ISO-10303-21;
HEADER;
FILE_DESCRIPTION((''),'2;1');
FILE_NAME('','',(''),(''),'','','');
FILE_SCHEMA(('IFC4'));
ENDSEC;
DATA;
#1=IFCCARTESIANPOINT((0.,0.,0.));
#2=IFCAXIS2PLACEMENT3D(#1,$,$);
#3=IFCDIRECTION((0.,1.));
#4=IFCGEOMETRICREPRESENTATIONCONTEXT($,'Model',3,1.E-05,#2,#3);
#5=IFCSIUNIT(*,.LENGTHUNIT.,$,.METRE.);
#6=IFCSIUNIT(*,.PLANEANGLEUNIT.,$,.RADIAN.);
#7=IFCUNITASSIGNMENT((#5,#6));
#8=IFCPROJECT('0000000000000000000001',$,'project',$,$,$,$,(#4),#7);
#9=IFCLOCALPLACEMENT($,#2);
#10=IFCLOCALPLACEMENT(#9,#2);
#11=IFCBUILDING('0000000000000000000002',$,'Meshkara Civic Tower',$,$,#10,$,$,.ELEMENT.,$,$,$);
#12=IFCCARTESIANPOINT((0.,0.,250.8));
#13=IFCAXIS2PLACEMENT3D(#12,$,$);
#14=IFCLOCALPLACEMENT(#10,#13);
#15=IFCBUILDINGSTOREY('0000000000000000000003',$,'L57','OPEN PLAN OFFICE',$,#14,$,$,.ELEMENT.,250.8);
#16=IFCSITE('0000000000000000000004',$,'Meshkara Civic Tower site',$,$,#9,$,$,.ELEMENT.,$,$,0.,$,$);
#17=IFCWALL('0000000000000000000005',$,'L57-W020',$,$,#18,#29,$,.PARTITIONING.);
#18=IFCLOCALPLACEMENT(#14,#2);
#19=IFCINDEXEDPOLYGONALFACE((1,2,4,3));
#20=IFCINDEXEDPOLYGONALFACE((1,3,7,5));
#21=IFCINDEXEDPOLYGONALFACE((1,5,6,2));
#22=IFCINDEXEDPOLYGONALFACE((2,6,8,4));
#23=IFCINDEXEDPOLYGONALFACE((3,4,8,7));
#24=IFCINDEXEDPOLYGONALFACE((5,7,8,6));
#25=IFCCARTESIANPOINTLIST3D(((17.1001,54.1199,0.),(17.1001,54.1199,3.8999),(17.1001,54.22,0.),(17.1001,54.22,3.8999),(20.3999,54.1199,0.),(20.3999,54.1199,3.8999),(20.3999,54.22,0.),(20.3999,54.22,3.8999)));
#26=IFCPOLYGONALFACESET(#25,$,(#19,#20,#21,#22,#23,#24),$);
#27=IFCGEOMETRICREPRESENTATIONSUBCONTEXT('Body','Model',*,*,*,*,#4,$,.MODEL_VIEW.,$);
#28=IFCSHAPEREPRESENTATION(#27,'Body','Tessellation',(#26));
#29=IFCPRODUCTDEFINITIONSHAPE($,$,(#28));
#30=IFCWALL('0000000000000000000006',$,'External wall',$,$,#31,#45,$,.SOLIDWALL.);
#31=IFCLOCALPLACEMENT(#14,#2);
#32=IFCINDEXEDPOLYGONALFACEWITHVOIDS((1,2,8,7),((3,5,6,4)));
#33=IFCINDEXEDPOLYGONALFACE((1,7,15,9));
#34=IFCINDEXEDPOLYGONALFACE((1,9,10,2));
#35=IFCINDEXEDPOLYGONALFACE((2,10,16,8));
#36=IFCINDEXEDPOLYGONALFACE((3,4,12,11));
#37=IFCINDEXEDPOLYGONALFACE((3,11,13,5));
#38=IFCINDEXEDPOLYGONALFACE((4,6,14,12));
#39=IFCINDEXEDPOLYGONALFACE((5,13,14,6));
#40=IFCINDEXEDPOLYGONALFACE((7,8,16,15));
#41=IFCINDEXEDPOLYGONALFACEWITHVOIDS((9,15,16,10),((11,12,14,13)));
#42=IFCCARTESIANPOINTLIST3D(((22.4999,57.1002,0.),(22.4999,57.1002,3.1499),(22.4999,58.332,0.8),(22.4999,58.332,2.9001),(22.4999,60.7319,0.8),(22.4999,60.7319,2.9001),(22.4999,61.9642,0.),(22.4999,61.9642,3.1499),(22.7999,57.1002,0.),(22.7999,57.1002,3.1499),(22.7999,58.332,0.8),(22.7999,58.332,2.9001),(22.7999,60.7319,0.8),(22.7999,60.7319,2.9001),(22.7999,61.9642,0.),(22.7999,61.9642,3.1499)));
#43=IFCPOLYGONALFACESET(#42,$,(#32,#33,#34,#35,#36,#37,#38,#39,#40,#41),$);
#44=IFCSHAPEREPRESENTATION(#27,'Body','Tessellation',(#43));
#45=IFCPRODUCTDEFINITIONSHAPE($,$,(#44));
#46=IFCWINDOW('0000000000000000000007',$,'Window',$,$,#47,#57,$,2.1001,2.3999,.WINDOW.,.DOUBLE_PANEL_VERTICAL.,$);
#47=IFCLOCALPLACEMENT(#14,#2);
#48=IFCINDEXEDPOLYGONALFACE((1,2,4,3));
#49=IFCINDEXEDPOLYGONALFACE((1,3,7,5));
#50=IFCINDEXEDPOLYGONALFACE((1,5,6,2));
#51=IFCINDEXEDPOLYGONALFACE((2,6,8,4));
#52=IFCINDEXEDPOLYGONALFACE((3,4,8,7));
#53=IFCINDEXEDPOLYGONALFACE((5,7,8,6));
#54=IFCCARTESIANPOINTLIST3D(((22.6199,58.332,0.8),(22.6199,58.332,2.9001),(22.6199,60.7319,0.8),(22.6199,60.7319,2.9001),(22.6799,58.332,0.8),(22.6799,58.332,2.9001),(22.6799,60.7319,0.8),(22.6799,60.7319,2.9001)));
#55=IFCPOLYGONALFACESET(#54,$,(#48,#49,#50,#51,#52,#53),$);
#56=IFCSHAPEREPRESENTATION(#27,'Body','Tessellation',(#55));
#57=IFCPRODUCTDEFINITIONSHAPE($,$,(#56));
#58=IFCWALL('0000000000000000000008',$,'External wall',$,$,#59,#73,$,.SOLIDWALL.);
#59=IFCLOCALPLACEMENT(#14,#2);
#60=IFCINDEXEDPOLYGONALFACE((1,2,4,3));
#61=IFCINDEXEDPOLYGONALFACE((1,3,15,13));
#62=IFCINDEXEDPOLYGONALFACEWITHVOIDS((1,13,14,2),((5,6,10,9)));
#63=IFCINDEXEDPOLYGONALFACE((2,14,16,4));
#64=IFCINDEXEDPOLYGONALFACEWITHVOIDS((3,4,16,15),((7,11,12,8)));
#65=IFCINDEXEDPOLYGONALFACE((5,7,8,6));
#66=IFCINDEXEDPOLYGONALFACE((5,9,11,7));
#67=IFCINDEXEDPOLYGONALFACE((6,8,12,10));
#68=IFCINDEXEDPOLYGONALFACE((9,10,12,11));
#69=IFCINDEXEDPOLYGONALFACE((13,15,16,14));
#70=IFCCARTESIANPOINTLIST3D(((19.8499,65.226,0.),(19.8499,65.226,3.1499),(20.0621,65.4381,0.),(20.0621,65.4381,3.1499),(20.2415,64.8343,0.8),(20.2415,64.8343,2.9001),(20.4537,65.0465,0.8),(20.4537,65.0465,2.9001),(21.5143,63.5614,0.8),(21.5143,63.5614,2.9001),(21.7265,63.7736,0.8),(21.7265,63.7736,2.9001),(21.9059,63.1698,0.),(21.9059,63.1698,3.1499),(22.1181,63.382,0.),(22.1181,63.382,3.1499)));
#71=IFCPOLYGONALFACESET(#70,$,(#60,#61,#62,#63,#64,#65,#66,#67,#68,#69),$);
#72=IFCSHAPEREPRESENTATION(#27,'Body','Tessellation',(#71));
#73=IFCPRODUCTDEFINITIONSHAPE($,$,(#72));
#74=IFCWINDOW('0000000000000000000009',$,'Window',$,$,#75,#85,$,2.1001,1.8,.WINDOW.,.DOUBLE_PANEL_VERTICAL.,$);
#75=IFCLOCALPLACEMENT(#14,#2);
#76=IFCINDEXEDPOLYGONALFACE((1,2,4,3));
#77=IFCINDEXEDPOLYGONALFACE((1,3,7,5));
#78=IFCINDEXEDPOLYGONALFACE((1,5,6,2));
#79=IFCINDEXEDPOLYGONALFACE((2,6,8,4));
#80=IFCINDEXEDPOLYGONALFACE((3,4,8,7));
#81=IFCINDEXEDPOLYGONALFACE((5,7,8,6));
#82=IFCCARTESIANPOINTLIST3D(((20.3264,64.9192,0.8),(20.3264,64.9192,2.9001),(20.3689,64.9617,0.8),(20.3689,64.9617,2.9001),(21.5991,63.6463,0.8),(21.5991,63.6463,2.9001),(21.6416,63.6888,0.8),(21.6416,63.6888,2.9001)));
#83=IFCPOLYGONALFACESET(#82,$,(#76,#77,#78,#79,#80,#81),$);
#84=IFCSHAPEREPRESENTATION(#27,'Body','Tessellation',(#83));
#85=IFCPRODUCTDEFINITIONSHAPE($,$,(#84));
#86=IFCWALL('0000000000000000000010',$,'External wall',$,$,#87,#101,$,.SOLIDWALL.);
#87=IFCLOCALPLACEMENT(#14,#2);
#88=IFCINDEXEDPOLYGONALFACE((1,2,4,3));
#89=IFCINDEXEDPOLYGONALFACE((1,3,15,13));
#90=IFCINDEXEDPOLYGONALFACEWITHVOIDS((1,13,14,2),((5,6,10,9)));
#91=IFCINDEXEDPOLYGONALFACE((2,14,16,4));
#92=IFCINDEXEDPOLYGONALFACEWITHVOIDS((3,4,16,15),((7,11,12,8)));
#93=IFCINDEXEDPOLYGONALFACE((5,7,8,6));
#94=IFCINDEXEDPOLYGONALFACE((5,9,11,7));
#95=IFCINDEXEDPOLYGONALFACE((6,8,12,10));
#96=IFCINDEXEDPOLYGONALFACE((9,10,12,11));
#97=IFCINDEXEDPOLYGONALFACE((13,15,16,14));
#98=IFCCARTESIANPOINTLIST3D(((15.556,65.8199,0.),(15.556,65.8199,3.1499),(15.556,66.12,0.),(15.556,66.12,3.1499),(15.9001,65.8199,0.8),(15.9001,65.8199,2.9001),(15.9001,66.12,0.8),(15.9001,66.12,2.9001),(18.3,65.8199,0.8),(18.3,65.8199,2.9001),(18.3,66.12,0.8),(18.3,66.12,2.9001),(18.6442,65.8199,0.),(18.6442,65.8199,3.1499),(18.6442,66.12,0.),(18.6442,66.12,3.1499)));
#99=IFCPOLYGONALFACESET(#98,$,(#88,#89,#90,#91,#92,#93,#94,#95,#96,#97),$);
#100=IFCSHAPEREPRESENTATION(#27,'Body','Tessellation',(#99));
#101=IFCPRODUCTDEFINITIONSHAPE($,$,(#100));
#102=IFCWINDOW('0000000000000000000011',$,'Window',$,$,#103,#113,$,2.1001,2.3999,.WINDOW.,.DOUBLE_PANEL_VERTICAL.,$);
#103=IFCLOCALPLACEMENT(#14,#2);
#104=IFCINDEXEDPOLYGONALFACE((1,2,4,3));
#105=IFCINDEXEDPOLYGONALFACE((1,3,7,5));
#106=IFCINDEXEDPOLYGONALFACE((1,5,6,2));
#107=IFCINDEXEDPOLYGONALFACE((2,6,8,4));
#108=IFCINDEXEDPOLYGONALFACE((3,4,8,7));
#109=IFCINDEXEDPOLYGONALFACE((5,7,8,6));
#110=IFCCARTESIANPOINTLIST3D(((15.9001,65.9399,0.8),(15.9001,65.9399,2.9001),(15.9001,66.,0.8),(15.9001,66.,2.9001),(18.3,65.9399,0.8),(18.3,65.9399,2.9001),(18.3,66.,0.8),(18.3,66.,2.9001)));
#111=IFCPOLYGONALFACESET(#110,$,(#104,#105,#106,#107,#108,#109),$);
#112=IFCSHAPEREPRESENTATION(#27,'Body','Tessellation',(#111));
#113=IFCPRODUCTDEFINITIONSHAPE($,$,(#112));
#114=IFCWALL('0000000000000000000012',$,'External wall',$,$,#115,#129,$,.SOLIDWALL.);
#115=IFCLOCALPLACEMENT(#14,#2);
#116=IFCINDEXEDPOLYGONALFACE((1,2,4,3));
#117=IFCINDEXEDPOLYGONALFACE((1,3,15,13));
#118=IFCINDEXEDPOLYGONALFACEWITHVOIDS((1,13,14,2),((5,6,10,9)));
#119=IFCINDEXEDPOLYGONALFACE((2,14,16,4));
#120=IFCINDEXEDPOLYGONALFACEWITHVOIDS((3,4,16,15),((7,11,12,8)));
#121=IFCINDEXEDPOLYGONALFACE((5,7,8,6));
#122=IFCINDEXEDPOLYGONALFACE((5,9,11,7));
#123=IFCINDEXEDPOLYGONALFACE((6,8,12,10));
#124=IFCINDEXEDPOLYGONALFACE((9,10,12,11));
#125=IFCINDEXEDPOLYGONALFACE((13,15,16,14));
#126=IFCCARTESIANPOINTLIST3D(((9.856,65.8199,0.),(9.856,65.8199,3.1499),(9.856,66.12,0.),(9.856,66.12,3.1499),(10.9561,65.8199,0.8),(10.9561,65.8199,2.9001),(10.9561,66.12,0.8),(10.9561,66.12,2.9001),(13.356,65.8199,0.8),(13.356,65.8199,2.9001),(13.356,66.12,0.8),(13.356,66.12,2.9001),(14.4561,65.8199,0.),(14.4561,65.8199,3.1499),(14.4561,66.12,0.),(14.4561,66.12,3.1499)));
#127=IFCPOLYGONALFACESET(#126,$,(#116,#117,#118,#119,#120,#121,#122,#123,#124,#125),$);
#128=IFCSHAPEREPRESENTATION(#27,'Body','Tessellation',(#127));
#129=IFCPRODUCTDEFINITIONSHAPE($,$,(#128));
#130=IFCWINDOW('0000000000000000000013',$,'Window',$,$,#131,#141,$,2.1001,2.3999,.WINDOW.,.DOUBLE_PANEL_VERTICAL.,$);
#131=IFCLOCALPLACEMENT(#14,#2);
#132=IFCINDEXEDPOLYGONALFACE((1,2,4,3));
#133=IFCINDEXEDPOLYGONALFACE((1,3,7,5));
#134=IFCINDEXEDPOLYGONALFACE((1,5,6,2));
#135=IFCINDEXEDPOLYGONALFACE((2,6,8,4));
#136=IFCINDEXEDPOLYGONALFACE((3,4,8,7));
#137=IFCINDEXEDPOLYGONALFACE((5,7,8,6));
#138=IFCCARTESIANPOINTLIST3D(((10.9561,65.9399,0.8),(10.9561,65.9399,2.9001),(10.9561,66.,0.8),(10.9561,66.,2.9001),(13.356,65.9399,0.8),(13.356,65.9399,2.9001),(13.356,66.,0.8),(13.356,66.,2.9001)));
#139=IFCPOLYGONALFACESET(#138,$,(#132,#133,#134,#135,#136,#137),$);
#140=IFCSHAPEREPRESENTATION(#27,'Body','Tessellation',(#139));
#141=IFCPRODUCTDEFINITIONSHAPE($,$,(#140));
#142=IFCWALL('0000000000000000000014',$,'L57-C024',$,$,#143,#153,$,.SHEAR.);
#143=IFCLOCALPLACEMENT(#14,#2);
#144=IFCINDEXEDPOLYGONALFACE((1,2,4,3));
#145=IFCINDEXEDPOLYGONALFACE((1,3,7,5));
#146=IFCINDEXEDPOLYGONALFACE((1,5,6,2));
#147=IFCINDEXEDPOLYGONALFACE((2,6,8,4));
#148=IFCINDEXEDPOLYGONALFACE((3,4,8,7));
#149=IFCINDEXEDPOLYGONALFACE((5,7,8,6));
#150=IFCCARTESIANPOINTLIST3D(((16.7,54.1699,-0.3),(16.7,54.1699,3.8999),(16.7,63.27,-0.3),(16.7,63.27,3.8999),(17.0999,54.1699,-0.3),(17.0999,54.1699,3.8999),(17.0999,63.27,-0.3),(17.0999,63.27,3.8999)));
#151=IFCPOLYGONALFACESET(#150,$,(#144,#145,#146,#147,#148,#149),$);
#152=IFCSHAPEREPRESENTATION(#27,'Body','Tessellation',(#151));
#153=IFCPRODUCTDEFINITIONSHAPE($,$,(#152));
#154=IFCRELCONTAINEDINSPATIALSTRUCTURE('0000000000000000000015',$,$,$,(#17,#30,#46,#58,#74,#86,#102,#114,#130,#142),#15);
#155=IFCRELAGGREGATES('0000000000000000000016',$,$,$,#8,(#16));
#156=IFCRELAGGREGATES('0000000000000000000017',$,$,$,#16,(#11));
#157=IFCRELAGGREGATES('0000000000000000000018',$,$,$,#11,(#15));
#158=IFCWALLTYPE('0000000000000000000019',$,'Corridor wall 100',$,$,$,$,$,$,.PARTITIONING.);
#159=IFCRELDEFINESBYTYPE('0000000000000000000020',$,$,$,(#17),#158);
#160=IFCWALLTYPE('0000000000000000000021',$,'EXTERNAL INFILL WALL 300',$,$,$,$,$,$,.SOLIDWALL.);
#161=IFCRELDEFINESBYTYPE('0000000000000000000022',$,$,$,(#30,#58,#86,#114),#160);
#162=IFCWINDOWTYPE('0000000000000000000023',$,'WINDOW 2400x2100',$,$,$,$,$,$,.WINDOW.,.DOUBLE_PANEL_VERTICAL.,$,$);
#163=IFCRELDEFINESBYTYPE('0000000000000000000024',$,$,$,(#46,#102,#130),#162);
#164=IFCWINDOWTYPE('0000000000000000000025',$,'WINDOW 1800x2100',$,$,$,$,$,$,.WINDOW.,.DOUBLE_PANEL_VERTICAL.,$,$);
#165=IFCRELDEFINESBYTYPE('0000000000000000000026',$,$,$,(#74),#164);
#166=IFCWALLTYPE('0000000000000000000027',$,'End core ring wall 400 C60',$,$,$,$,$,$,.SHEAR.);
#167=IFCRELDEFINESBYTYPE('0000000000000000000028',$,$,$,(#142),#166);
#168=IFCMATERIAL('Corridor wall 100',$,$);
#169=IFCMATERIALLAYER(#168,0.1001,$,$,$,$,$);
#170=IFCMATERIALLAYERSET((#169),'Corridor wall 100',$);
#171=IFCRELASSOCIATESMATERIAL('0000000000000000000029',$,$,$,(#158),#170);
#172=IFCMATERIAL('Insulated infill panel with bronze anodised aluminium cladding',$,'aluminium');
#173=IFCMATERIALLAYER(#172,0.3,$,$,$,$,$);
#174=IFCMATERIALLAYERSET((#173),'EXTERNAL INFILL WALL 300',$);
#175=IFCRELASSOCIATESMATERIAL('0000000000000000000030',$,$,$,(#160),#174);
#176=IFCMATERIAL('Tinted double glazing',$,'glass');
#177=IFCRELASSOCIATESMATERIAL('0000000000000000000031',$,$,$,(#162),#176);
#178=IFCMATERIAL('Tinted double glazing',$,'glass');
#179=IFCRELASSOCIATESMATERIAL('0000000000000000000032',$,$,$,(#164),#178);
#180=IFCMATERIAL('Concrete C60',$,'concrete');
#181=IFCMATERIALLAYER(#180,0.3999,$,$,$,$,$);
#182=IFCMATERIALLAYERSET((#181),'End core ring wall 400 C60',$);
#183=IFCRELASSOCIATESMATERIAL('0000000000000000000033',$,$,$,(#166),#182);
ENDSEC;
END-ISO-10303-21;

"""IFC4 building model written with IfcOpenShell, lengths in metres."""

from ifc_helpers import new_model, si_unit, direction, frame, frame_2d, origin, place, context, subcontext, project, spatial, rectangle, extrude, material, layer, layer_set, type_object, element, fill, save


model = new_model("IFC4")

# Units and contexts
model_context = context("Model", 3, precision=1e-05, world=origin(), true_north=direction((0.0, 1.0)))
body_context = subcontext(model_context, "Body", "Model", "MODEL_VIEW")
ifc_project = project(units=[si_unit("LENGTHUNIT", "METRE"), si_unit("PLANEANGLEUNIT", "RADIAN")], contexts=[model_context])

# Site, building, storey
site_placement = place(None, origin())
site = spatial("IfcSite", under=ifc_project, at=site_placement, Name="Meshkara Civic Tower site", CompositionType="ELEMENT", RefElevation=0.0)
building_placement = place(site_placement, origin())
building = spatial("IfcBuilding", under=site, at=building_placement, Name="Meshkara Civic Tower", CompositionType="ELEMENT")
storey_placement = place(building_placement, frame((0.0, 0.0, 250.8)))
storey = spatial("IfcBuildingStorey", under=building, at=storey_placement, Name="L57", Description="OPEN PLAN OFFICE", CompositionType="ELEMENT", Elevation=250.8)

# Shared definitions
ifc_material_1 = material(Name="Corridor wall 100")
ifc_layer_1 = layer(ifc_material_1, 0.1001)
ifc_layer_set_1 = layer_set([ifc_layer_1], Name="Corridor wall 100")
wall_type_1 = type_object("IfcWallType", Name="Corridor wall 100", PredefinedType="PARTITIONING", material=ifc_layer_set_1)

# Wall
wall_1_placement = place(storey_placement, frame((20.3999, 54.1699, 0.0), z_axis=(0.0, 0.0, 1.0), x_axis=(-1.0, 0.0, 0.0)))
element("IfcWall", 1, at=wall_1_placement, inside=storey, type_object=wall_type_1, Name="L57-W020", PredefinedType="PARTITIONING", context=body_context, shape_type="SweptSolid", body=[
    extrude(rectangle(XDim=3.2998, YDim=0.1001, at=frame_2d((1.6499, 0.0))), origin(), (0.0, 0.0, 1.0), 3.8999),
])

# Walls, openings, windows
ifc_material_2 = material(Name="Insulated infill panel with bronze anodised aluminium cladding", Category="aluminium")
ifc_layer_2 = layer(ifc_material_2, 0.3)
ifc_layer_set_2 = layer_set([ifc_layer_2], Name="EXTERNAL INFILL WALL 300")
wall_type_2 = type_object("IfcWallType", Name="EXTERNAL INFILL WALL 300", PredefinedType="SOLIDWALL", material=ifc_layer_set_2)
wall_2_placement = place(storey_placement, frame((22.6499, 57.1001, 0.0), z_axis=(0.0, 0.0, 1.0), x_axis=(0.0, 1.0, 0.0)))
wall_2 = element("IfcWall", 2, at=wall_2_placement, inside=storey, type_object=wall_type_2, Name="External wall", PredefinedType="SOLIDWALL", context=body_context, shape_type="SweptSolid", body=[
    extrude(rectangle(XDim=4.864, YDim=0.3, at=frame_2d((2.4321, 0.0))), origin(), (0.0, 0.0, 1.0), 3.1499),
])
opening_1_placement = place(wall_2_placement, frame((1.2319, 0.0, 0.8)))
opening_1 = element("IfcOpeningElement", 3, at=opening_1_placement, cuts=wall_2, PredefinedType="OPENING", context=body_context, shape_type="SweptSolid", body=[
    extrude(rectangle(XDim=2.3999, YDim=2.1001, at=frame_2d((1.2, 1.05))), frame((0.0, 0.1599, 0.0), z_axis=(0.0, -1.0, 0.0), x_axis=(1.0, 0.0, 0.0)), (0.0, 0.0, 1.0), 0.3201),
])
ifc_material_3 = material(Name="Tinted double glazing", Category="glass")
window_type_1 = type_object("IfcWindowType", Name="WINDOW 2400x2100", PartitioningType="DOUBLE_PANEL_VERTICAL", PredefinedType="WINDOW", material=ifc_material_3)
window_1_placement = place(opening_1_placement, origin())
window_1 = element("IfcWindow", 4, at=window_1_placement, inside=storey, type_object=window_type_1, Name="Window", OverallHeight=2.1001, OverallWidth=2.3999, PartitioningType="DOUBLE_PANEL_VERTICAL", PredefinedType="WINDOW", context=body_context, shape_type="SweptSolid", body=[
    extrude(rectangle(XDim=2.3999, YDim=2.1001, at=frame_2d((1.2, 1.05))), frame((0.0, 0.03, 0.0), z_axis=(0.0, -1.0, 0.0), x_axis=(1.0, 0.0, 0.0)), (0.0, 0.0, 1.0), 0.0601),
])
fill(opening_1, window_1)
wall_3_placement = place(storey_placement, frame((22.012, 63.2759, 0.0), z_axis=(0.0, 0.0, 1.0), x_axis=(-0.707065, 0.707149, 0.0)))
wall_3 = element("IfcWall", 5, at=wall_3_placement, inside=storey, type_object=wall_type_2, Name="External wall", PredefinedType="SOLIDWALL", context=body_context, shape_type="SweptSolid", body=[
    extrude(rectangle(XDim=2.9077, YDim=0.3, at=frame_2d((1.4539, 0.0))), origin(), (0.0, 0.0, 1.0), 3.1499),
])
opening_2_placement = place(wall_3_placement, frame((0.554, 0.0, 0.8)))
opening_2 = element("IfcOpeningElement", 6, at=opening_2_placement, cuts=wall_3, PredefinedType="OPENING", context=body_context, shape_type="SweptSolid", body=[
    extrude(rectangle(XDim=1.8, YDim=2.1001, at=frame_2d((0.8999, 1.05))), frame((0.0, 0.1599, 0.0), z_axis=(0.0, -1.0, 0.0), x_axis=(1.0, 0.0, 0.0)), (0.0, 0.0, 1.0), 0.3201),
])
ifc_material_4 = material(Name="Tinted double glazing", Category="glass")
window_type_2 = type_object("IfcWindowType", Name="WINDOW 1800x2100", PartitioningType="DOUBLE_PANEL_VERTICAL", PredefinedType="WINDOW", material=ifc_material_4)
window_2_placement = place(opening_2_placement, origin())
window_2 = element("IfcWindow", 7, at=window_2_placement, inside=storey, type_object=window_type_2, Name="Window", OverallHeight=2.1001, OverallWidth=1.8, PartitioningType="DOUBLE_PANEL_VERTICAL", PredefinedType="WINDOW", context=body_context, shape_type="SweptSolid", body=[
    extrude(rectangle(XDim=1.8, YDim=2.1001, at=frame_2d((0.8999, 1.05))), frame((0.0, 0.03, 0.0), z_axis=(0.0, -1.0, 0.0), x_axis=(1.0, 0.0, 0.0)), (0.0, 0.0, 1.0), 0.0601),
])
fill(opening_2, window_2)
wall_4_placement = place(storey_placement, frame((18.644, 65.97, 0.0), z_axis=(0.0, 0.0, 1.0), x_axis=(-1.0, 0.0, 0.0)))
wall_4 = element("IfcWall", 8, at=wall_4_placement, inside=storey, type_object=wall_type_2, Name="External wall", PredefinedType="SOLIDWALL", context=body_context, shape_type="SweptSolid", body=[
    extrude(rectangle(XDim=3.0881, YDim=0.3, at=frame_2d((1.5439, 0.0))), origin(), (0.0, 0.0, 1.0), 3.1499),
])
opening_3_placement = place(wall_4_placement, frame((0.344, 0.0, 0.8)))
opening_3 = element("IfcOpeningElement", 9, at=opening_3_placement, cuts=wall_4, PredefinedType="OPENING", context=body_context, shape_type="SweptSolid", body=[
    extrude(rectangle(XDim=2.3999, YDim=2.1001, at=frame_2d((1.2, 1.05))), frame((0.0, 0.1599, 0.0), z_axis=(0.0, -1.0, 0.0), x_axis=(1.0, 0.0, 0.0)), (0.0, 0.0, 1.0), 0.3201),
])
window_3_placement = place(opening_3_placement, origin())
window_3 = element("IfcWindow", 10, at=window_3_placement, inside=storey, type_object=window_type_1, Name="Window", OverallHeight=2.1001, OverallWidth=2.3999, PartitioningType="DOUBLE_PANEL_VERTICAL", PredefinedType="WINDOW", context=body_context, shape_type="SweptSolid", body=[
    extrude(rectangle(XDim=2.3999, YDim=2.1001, at=frame_2d((1.2, 1.05))), frame((0.0, 0.03, 0.0), z_axis=(0.0, -1.0, 0.0), x_axis=(1.0, 0.0, 0.0)), (0.0, 0.0, 1.0), 0.0601),
])
fill(opening_3, window_3)
wall_5_placement = place(storey_placement, frame((14.4561, 65.97, 0.0), z_axis=(0.0, 0.0, 1.0), x_axis=(-1.0, 0.0, 0.0)))
wall_5 = element("IfcWall", 11, at=wall_5_placement, inside=storey, type_object=wall_type_2, Name="External wall", PredefinedType="SOLIDWALL", context=body_context, shape_type="SweptSolid", body=[
    extrude(rectangle(XDim=4.6001, YDim=0.3, at=frame_2d((2.3, 0.0))), origin(), (0.0, 0.0, 1.0), 3.1499),
])
opening_4_placement = place(wall_5_placement, frame((1.1001, 0.0, 0.8)))
opening_4 = element("IfcOpeningElement", 12, at=opening_4_placement, cuts=wall_5, PredefinedType="OPENING", context=body_context, shape_type="SweptSolid", body=[
    extrude(rectangle(XDim=2.3999, YDim=2.1001, at=frame_2d((1.2, 1.05))), frame((0.0, 0.1599, 0.0), z_axis=(0.0, -1.0, 0.0), x_axis=(1.0, 0.0, 0.0)), (0.0, 0.0, 1.0), 0.3201),
])
window_4_placement = place(opening_4_placement, origin())
window_4 = element("IfcWindow", 13, at=window_4_placement, inside=storey, type_object=window_type_1, Name="Window", OverallHeight=2.1001, OverallWidth=2.3999, PartitioningType="DOUBLE_PANEL_VERTICAL", PredefinedType="WINDOW", context=body_context, shape_type="SweptSolid", body=[
    extrude(rectangle(XDim=2.3999, YDim=2.1001, at=frame_2d((1.2, 1.05))), frame((0.0, 0.03, 0.0), z_axis=(0.0, -1.0, 0.0), x_axis=(1.0, 0.0, 0.0)), (0.0, 0.0, 1.0), 0.0601),
])
fill(opening_4, window_4)

# Wall
ifc_material_5 = material(Name="Concrete C60", Category="concrete")
ifc_layer_3 = layer(ifc_material_5, 0.3999)
ifc_layer_set_3 = layer_set([ifc_layer_3], Name="End core ring wall 400 C60")
wall_type_3 = type_object("IfcWallType", Name="End core ring wall 400 C60", PredefinedType="SHEAR", material=ifc_layer_set_3)
wall_6_placement = place(storey_placement, frame((16.8999, 54.1699, -0.3), z_axis=(0.0, 0.0, 1.0), x_axis=(0.0, 1.0, 0.0)))
element("IfcWall", 14, at=wall_6_placement, inside=storey, type_object=wall_type_3, Name="L57-C024", PredefinedType="SHEAR", context=body_context, shape_type="SweptSolid", body=[
    extrude(rectangle(XDim=9.1001, YDim=0.3999, at=frame_2d((4.55, 0.0))), origin(), (0.0, 0.0, 1.0), 4.2),
])

save(model, "model.ifc")
